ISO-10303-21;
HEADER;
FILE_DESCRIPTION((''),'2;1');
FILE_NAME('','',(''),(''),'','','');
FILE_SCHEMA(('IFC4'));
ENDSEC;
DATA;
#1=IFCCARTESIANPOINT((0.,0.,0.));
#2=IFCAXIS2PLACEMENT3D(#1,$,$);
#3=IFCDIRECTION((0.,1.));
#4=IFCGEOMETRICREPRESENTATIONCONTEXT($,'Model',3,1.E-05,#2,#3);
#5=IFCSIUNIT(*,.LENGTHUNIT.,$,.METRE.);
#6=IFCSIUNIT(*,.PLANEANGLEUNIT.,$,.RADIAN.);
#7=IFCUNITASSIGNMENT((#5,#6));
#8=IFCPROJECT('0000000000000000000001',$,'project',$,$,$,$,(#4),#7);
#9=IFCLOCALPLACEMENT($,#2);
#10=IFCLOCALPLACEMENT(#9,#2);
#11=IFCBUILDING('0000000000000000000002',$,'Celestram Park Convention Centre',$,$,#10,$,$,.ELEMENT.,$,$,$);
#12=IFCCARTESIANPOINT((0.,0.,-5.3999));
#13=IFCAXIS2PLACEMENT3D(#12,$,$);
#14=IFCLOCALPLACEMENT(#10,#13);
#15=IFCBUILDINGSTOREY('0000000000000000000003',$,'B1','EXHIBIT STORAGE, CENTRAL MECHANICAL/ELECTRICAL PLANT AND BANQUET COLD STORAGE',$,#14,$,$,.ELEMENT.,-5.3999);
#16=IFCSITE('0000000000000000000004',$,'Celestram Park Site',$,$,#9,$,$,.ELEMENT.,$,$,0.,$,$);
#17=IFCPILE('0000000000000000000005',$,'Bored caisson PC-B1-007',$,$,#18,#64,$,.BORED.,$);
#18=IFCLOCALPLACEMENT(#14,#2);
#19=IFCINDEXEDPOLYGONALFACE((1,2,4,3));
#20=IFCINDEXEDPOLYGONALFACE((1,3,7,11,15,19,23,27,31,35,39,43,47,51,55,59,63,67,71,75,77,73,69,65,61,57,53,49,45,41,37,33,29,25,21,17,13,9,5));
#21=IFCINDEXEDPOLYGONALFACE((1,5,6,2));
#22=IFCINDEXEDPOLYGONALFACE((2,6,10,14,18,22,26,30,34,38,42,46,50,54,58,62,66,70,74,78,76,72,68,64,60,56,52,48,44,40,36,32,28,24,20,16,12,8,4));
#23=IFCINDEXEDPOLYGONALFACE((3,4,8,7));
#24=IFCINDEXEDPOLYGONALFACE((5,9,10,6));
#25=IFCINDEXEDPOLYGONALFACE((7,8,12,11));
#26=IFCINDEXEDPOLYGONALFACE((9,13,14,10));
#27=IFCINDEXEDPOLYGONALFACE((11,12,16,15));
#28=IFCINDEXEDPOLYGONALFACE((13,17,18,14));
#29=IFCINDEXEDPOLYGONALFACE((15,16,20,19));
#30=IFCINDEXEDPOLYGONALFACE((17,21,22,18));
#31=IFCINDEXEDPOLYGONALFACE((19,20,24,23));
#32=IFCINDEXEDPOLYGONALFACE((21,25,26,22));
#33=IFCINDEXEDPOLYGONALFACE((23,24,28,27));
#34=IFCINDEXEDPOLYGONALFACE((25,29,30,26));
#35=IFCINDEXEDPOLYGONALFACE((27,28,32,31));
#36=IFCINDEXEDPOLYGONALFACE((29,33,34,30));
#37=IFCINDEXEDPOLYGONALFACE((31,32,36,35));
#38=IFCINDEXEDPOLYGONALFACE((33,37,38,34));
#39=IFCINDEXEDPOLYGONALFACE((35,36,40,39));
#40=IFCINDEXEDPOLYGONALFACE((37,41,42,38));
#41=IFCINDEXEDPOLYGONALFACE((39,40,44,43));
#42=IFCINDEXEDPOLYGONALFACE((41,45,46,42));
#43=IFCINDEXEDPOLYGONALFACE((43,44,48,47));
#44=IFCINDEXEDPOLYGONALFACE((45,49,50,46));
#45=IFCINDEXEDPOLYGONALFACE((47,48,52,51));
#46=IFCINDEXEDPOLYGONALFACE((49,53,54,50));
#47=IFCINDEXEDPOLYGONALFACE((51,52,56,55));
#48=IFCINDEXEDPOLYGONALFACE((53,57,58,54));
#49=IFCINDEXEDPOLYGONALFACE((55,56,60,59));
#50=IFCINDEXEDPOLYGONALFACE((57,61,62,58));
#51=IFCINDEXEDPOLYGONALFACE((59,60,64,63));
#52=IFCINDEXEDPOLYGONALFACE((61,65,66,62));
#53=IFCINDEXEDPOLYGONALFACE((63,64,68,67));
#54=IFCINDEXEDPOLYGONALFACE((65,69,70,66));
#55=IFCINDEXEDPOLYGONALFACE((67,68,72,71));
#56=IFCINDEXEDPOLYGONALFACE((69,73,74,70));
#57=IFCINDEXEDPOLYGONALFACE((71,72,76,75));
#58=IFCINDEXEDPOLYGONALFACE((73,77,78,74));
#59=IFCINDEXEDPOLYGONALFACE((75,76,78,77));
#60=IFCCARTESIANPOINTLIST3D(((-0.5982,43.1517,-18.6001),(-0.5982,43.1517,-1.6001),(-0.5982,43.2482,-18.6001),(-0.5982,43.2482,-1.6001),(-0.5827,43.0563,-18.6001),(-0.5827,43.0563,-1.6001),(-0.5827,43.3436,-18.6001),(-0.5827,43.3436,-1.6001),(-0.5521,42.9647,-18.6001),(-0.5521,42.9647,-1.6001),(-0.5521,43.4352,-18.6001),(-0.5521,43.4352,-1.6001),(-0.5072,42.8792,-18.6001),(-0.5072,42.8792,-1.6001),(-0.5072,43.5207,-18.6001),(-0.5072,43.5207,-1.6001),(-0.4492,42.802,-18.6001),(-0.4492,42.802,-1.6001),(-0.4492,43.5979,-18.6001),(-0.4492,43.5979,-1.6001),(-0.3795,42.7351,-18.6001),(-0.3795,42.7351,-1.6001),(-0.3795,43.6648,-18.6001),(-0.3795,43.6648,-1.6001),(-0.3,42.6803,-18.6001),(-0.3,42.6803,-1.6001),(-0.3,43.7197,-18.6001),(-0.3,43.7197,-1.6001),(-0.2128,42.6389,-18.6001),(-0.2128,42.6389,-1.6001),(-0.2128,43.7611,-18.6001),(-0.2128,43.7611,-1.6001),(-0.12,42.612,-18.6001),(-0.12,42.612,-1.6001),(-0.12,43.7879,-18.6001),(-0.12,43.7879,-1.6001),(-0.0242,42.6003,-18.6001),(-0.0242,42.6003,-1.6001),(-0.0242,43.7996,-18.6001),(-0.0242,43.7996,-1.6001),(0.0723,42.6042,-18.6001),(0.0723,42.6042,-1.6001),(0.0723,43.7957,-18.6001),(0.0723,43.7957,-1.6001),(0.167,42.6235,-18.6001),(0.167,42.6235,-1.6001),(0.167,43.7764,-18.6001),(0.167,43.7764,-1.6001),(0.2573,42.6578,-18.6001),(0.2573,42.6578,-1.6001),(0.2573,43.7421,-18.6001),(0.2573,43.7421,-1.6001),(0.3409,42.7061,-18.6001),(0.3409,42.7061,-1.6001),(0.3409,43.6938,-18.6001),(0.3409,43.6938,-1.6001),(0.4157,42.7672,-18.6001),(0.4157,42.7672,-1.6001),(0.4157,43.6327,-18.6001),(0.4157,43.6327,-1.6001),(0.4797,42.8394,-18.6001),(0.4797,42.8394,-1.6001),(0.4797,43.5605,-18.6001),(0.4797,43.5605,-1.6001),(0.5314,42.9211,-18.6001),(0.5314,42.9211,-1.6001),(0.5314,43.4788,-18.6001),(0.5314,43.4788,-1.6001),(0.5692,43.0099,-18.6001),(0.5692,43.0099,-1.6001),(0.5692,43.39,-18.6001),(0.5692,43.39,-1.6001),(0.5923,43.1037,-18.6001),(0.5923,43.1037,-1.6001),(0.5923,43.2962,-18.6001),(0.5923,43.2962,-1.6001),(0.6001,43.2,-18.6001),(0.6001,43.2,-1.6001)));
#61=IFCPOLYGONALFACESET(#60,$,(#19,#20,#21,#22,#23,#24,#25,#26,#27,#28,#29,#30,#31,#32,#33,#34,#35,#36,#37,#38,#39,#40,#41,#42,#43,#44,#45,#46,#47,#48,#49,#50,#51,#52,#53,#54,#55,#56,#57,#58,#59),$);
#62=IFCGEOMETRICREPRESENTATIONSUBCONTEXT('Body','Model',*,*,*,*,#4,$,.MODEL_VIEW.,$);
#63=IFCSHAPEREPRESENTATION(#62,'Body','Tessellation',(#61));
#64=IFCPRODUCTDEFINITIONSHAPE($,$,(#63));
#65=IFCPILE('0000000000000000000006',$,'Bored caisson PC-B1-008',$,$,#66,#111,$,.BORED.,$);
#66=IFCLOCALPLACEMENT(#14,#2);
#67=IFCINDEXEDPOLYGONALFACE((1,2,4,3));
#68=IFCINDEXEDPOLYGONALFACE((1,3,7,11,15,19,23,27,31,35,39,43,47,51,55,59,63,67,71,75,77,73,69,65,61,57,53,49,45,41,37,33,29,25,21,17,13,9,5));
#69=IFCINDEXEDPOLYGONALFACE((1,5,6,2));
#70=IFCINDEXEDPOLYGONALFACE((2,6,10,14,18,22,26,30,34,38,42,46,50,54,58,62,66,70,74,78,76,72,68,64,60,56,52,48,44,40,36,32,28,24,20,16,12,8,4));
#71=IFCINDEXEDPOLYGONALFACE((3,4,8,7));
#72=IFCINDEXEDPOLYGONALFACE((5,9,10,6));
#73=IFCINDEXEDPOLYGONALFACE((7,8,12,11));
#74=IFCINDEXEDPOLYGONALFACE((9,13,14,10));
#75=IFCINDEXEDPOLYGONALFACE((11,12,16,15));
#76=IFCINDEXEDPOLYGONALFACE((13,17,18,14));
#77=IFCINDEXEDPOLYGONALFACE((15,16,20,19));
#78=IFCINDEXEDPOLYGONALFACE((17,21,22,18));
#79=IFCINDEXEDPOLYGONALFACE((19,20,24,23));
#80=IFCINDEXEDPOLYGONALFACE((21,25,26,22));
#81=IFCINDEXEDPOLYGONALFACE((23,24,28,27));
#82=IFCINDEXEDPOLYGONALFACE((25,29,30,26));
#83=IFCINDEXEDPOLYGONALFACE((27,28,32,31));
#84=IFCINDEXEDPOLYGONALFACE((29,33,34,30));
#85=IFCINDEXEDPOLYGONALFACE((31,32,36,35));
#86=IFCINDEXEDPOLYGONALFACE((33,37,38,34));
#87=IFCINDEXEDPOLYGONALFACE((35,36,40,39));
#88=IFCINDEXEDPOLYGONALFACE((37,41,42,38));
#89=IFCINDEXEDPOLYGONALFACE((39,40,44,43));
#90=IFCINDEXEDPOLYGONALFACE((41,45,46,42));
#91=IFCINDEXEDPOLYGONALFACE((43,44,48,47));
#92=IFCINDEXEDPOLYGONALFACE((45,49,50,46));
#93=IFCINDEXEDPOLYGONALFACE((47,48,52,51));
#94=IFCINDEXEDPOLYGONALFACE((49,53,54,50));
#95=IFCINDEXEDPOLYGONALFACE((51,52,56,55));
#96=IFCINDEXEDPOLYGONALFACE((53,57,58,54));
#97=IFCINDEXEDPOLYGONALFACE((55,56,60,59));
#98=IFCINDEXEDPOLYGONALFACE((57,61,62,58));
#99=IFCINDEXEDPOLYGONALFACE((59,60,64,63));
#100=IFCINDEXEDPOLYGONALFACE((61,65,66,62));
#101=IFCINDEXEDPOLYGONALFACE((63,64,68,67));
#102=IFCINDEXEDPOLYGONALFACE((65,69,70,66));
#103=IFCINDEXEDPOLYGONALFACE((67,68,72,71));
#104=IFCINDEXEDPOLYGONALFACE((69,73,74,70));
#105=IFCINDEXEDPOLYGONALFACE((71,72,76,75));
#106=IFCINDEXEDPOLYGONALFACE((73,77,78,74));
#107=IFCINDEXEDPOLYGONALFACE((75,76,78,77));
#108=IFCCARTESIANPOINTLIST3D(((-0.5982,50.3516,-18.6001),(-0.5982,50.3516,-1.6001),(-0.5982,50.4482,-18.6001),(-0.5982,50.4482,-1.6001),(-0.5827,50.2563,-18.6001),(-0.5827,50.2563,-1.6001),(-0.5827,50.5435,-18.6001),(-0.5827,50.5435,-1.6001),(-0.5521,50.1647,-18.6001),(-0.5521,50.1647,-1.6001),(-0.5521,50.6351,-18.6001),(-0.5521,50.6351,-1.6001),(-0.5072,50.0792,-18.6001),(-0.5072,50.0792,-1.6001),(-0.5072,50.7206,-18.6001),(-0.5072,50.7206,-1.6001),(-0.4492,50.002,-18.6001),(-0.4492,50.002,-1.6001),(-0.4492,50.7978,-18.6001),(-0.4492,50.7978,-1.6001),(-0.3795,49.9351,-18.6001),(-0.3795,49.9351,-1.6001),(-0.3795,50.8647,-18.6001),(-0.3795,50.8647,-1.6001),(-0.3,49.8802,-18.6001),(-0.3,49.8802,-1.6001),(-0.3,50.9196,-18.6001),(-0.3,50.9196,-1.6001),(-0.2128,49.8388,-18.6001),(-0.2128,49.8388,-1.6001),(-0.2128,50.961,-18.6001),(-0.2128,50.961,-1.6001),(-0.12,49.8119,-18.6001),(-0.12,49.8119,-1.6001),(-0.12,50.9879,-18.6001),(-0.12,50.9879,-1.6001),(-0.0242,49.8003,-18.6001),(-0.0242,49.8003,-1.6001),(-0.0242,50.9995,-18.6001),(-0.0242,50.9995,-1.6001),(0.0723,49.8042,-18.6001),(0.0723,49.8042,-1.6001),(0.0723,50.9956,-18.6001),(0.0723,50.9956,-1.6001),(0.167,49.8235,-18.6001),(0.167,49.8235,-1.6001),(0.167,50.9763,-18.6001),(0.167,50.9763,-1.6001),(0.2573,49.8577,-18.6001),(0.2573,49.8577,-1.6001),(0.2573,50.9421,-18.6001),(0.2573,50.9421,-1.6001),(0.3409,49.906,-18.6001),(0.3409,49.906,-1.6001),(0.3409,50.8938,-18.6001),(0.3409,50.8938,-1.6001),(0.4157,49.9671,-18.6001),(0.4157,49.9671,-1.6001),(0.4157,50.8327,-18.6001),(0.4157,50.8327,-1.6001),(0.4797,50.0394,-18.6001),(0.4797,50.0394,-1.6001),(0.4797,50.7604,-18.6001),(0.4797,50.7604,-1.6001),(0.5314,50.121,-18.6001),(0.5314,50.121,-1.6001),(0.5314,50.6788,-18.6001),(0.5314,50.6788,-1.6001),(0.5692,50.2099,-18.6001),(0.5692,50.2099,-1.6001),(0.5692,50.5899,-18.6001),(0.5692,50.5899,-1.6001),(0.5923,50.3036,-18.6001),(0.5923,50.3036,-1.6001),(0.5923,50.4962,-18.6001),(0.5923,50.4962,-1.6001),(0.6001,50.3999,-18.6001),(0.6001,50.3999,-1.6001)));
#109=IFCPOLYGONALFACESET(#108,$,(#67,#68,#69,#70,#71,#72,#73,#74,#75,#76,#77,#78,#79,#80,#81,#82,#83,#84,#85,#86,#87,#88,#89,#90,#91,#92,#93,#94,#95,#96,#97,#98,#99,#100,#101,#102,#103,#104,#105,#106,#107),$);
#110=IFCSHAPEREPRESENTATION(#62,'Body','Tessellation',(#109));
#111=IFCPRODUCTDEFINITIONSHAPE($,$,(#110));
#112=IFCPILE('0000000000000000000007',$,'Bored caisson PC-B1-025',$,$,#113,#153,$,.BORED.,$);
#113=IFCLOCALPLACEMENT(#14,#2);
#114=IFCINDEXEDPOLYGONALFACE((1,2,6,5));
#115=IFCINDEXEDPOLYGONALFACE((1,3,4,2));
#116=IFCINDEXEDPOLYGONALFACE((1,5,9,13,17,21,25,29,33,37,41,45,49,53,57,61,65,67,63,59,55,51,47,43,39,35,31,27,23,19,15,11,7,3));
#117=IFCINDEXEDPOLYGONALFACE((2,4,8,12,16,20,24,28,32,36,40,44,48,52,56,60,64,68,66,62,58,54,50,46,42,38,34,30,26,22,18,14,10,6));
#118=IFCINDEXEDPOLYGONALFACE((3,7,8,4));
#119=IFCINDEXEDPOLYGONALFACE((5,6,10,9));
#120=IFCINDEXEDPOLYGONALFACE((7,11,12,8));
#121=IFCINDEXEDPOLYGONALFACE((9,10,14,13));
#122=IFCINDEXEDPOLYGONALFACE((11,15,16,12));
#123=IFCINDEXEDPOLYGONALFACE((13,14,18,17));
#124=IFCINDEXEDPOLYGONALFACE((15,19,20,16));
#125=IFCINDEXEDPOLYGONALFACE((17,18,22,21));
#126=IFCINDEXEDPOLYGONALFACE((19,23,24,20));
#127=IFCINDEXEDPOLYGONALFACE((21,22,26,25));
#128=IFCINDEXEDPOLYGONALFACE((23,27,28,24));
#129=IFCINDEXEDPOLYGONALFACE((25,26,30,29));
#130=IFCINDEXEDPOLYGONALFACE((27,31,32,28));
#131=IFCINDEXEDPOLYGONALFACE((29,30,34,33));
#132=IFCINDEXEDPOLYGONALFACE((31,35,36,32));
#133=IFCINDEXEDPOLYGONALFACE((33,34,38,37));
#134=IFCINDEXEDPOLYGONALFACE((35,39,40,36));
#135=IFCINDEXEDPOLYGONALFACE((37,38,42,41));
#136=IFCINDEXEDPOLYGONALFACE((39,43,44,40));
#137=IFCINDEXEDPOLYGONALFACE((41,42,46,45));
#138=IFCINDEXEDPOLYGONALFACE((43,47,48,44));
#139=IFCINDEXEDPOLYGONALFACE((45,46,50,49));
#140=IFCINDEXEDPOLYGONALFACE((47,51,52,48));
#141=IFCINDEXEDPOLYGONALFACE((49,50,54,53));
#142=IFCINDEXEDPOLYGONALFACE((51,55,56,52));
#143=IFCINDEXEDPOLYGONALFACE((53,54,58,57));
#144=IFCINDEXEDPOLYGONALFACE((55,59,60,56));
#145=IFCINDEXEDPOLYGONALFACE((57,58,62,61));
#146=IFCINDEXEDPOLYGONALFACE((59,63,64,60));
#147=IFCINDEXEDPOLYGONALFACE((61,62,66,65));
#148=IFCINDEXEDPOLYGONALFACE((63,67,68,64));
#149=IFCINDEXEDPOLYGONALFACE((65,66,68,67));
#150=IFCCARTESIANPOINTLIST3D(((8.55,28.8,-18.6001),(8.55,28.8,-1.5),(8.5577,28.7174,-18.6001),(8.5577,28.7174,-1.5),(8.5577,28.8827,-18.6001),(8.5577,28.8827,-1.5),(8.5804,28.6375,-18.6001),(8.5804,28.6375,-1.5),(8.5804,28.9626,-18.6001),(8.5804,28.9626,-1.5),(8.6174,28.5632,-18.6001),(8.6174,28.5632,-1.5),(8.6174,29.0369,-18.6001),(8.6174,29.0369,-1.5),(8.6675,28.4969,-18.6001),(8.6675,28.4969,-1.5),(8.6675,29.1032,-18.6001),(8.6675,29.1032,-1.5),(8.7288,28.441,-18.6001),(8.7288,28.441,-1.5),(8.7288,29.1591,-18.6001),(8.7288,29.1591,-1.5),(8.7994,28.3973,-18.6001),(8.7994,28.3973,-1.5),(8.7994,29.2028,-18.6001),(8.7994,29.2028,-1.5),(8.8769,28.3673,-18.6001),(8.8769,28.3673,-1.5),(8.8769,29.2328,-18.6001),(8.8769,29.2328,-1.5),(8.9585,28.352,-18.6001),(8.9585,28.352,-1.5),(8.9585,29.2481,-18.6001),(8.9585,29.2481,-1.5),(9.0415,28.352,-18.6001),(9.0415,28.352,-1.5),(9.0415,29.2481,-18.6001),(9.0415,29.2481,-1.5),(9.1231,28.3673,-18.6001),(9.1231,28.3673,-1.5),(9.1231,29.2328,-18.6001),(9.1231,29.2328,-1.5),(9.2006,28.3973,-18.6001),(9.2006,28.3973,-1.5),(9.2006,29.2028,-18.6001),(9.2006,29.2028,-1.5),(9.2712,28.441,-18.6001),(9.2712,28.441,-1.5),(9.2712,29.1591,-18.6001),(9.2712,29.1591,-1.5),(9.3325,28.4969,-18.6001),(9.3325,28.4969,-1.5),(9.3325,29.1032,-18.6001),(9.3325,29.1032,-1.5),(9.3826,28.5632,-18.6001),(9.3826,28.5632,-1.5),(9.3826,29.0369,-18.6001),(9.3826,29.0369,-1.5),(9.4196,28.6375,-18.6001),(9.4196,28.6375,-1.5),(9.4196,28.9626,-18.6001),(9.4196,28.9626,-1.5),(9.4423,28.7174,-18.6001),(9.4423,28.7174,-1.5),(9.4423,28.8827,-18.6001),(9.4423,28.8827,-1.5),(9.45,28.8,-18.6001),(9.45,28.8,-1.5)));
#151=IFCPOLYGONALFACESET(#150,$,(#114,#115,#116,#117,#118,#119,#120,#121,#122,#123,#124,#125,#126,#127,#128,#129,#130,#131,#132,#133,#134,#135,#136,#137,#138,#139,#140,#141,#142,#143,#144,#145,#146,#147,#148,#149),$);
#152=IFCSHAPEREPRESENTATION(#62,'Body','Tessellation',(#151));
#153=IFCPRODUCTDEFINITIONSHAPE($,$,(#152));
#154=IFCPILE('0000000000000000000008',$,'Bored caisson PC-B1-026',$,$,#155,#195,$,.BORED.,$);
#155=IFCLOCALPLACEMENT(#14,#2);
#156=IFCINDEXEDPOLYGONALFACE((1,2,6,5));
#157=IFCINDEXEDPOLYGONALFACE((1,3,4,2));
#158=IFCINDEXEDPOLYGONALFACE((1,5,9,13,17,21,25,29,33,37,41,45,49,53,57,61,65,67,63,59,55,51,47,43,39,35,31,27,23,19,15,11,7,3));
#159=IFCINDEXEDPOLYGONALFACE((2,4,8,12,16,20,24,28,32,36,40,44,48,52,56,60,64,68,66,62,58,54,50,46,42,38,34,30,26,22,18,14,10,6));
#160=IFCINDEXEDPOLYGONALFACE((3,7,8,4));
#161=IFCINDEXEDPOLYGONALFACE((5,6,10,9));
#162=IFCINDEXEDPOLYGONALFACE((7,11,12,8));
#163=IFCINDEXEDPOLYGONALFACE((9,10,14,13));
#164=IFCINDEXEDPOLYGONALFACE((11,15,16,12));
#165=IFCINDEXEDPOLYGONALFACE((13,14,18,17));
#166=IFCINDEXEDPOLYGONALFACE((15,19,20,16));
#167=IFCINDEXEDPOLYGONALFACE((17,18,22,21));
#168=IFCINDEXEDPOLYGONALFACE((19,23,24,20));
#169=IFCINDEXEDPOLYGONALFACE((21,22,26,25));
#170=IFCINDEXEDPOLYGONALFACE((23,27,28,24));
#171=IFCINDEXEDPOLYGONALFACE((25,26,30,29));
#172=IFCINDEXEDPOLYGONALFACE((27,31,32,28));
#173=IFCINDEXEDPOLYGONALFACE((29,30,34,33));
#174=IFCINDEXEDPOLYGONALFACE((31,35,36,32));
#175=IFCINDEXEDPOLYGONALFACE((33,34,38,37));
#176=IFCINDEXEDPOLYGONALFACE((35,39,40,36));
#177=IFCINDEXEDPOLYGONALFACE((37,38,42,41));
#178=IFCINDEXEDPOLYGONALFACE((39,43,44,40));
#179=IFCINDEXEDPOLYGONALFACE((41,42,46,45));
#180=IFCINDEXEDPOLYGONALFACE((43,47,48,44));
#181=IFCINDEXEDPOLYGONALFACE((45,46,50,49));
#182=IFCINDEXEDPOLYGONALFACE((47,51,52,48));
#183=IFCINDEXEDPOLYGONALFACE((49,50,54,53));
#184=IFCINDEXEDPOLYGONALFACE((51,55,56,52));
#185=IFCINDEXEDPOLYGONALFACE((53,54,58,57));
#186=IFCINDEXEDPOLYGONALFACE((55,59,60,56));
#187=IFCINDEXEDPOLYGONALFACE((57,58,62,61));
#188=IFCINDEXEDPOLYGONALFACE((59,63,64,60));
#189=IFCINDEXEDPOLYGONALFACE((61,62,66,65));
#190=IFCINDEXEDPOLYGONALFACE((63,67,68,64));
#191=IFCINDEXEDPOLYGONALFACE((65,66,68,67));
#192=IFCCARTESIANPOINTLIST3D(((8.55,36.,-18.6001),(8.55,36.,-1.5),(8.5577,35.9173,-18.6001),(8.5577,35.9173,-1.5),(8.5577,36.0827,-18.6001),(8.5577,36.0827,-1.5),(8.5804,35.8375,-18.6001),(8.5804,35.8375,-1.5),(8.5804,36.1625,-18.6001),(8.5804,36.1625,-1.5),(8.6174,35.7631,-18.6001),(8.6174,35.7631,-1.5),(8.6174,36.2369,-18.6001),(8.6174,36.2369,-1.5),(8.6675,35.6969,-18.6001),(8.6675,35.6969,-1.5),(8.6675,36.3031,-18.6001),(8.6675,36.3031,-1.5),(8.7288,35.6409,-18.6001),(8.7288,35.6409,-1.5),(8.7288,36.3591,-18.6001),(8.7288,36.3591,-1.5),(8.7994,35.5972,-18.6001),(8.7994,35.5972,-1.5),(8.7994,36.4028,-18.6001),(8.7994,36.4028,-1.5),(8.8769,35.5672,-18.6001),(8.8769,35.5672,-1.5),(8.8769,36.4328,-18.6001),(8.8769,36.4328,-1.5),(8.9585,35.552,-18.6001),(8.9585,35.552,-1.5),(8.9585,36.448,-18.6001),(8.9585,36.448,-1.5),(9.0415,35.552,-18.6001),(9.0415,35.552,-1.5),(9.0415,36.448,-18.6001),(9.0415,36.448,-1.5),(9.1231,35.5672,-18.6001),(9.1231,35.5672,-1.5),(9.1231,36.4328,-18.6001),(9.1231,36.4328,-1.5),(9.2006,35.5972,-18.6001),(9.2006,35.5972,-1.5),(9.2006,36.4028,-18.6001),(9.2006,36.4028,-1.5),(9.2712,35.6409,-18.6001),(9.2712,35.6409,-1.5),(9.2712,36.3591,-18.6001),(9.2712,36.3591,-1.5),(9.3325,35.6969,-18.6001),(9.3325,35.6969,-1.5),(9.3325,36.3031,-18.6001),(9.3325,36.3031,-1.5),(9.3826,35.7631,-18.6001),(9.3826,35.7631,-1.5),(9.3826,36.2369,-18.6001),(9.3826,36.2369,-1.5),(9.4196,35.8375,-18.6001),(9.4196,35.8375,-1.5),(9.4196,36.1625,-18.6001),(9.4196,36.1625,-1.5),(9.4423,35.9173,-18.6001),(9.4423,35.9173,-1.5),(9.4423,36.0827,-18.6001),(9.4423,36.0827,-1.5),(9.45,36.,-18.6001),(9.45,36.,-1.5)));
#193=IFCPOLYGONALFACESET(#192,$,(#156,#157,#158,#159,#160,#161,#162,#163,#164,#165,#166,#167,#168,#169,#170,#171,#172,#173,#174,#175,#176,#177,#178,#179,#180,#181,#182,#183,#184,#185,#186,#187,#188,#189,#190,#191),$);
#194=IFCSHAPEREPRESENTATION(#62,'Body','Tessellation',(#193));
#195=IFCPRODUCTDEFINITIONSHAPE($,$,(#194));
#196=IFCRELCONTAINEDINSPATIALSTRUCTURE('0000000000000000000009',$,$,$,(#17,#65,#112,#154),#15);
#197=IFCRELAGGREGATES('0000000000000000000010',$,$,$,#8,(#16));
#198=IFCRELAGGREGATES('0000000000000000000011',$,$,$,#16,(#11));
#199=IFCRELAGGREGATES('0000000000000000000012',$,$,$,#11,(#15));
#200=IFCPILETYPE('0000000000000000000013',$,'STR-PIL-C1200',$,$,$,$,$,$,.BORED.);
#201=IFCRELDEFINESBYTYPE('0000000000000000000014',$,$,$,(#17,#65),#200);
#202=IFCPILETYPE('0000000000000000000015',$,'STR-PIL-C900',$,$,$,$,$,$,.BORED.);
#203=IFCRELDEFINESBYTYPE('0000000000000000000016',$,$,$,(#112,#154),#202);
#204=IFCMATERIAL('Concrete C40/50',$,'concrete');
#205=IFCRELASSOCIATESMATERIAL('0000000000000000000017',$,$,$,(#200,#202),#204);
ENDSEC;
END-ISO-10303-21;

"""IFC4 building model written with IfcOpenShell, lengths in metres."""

from ifc_helpers import new_model, si_unit, direction, frame, origin, origin_2d, place, context, subcontext, project, spatial, circle, extrude, material, material_profile, profile_set, type_object, element, save


model = new_model("IFC4")

# Units and contexts
model_context = context("Model", 3, precision=1e-05, world=origin(), true_north=direction((0.0, 1.0)))
body_context = subcontext(model_context, "Body", "Model", "MODEL_VIEW")
ifc_project = project(units=[si_unit("LENGTHUNIT", "METRE"), si_unit("PLANEANGLEUNIT", "RADIAN")], contexts=[model_context])

# Site, building, storey
site_placement = place(None, origin())
site = spatial("IfcSite", under=ifc_project, at=site_placement, Name="Celestram Park Site", CompositionType="ELEMENT", RefElevation=0.0)
building_placement = place(site_placement, origin())
building = spatial("IfcBuilding", under=site, at=building_placement, Name="Celestram Park Convention Centre", CompositionType="ELEMENT")
storey_placement = place(building_placement, frame((0.0, 0.0, -5.3999)))
storey = spatial("IfcBuildingStorey", under=building, at=storey_placement, Name="B1", Description="EXHIBIT STORAGE, CENTRAL MECHANICAL/ELECTRICAL PLANT AND BANQUET COLD STORAGE", CompositionType="ELEMENT", Elevation=-5.3999)

# Shared definitions
ifc_material_1 = material(Name="Concrete C40/50", Category="concrete")

# Piles
ifc_material_profile_1 = material_profile(ifc_material_1, circle(Radius=0.6001, at=origin_2d()), Name="CAISSON1200")
ifc_profile_set_1 = profile_set([ifc_material_profile_1], Name="Concrete C40/50")
pile_type_1 = type_object("IfcPileType", Name="STR-PIL-C1200", PredefinedType="BORED", material=ifc_profile_set_1)
for number, where, z_axis, x_axis, name in (
    (1, (0.0, 43.2, -1.6001), (0.0, 0.0, -1.0), (1.0, 0.0, 0.0), "Bored caisson PC-B1-007"),
    (2, (0.0, 50.3999, -1.6001), (0.0, 0.0, -1.0), (1.0, 0.0, 0.0), "Bored caisson PC-B1-008"),
):
    element("IfcPile", number, at=place(storey_placement, frame(where, z_axis=z_axis, x_axis=x_axis)), inside=storey, type_object=pile_type_1, Name=name, PredefinedType="BORED", context=body_context, shape_type="SweptSolid", body=[
        extrude(circle(Radius=0.6001, at=origin_2d()), origin(), (0.0, 0.0, 1.0), 17.0),
    ])
ifc_material_profile_2 = material_profile(ifc_material_1, circle(Radius=0.45, at=origin_2d()), Name="CAISSON900")
ifc_profile_set_2 = profile_set([ifc_material_profile_2], Name="Concrete C40/50")
pile_type_2 = type_object("IfcPileType", Name="STR-PIL-C900", PredefinedType="BORED", material=ifc_profile_set_2)
for number, where, z_axis, x_axis, name in (
    (3, (9.0, 28.8, -1.5), (0.0, 0.0, -1.0), (1.0, 0.0, 0.0), "Bored caisson PC-B1-025"),
    (4, (9.0, 36.0, -1.5), (0.0, 0.0, -1.0), (1.0, 0.0, 0.0), "Bored caisson PC-B1-026"),
):
    element("IfcPile", number, at=place(storey_placement, frame(where, z_axis=z_axis, x_axis=x_axis)), inside=storey, type_object=pile_type_2, Name=name, PredefinedType="BORED", context=body_context, shape_type="SweptSolid", body=[
        extrude(circle(Radius=0.45, at=origin_2d()), origin(), (0.0, 0.0, 1.0), 17.1001),
    ])

save(model, "model.ifc")
